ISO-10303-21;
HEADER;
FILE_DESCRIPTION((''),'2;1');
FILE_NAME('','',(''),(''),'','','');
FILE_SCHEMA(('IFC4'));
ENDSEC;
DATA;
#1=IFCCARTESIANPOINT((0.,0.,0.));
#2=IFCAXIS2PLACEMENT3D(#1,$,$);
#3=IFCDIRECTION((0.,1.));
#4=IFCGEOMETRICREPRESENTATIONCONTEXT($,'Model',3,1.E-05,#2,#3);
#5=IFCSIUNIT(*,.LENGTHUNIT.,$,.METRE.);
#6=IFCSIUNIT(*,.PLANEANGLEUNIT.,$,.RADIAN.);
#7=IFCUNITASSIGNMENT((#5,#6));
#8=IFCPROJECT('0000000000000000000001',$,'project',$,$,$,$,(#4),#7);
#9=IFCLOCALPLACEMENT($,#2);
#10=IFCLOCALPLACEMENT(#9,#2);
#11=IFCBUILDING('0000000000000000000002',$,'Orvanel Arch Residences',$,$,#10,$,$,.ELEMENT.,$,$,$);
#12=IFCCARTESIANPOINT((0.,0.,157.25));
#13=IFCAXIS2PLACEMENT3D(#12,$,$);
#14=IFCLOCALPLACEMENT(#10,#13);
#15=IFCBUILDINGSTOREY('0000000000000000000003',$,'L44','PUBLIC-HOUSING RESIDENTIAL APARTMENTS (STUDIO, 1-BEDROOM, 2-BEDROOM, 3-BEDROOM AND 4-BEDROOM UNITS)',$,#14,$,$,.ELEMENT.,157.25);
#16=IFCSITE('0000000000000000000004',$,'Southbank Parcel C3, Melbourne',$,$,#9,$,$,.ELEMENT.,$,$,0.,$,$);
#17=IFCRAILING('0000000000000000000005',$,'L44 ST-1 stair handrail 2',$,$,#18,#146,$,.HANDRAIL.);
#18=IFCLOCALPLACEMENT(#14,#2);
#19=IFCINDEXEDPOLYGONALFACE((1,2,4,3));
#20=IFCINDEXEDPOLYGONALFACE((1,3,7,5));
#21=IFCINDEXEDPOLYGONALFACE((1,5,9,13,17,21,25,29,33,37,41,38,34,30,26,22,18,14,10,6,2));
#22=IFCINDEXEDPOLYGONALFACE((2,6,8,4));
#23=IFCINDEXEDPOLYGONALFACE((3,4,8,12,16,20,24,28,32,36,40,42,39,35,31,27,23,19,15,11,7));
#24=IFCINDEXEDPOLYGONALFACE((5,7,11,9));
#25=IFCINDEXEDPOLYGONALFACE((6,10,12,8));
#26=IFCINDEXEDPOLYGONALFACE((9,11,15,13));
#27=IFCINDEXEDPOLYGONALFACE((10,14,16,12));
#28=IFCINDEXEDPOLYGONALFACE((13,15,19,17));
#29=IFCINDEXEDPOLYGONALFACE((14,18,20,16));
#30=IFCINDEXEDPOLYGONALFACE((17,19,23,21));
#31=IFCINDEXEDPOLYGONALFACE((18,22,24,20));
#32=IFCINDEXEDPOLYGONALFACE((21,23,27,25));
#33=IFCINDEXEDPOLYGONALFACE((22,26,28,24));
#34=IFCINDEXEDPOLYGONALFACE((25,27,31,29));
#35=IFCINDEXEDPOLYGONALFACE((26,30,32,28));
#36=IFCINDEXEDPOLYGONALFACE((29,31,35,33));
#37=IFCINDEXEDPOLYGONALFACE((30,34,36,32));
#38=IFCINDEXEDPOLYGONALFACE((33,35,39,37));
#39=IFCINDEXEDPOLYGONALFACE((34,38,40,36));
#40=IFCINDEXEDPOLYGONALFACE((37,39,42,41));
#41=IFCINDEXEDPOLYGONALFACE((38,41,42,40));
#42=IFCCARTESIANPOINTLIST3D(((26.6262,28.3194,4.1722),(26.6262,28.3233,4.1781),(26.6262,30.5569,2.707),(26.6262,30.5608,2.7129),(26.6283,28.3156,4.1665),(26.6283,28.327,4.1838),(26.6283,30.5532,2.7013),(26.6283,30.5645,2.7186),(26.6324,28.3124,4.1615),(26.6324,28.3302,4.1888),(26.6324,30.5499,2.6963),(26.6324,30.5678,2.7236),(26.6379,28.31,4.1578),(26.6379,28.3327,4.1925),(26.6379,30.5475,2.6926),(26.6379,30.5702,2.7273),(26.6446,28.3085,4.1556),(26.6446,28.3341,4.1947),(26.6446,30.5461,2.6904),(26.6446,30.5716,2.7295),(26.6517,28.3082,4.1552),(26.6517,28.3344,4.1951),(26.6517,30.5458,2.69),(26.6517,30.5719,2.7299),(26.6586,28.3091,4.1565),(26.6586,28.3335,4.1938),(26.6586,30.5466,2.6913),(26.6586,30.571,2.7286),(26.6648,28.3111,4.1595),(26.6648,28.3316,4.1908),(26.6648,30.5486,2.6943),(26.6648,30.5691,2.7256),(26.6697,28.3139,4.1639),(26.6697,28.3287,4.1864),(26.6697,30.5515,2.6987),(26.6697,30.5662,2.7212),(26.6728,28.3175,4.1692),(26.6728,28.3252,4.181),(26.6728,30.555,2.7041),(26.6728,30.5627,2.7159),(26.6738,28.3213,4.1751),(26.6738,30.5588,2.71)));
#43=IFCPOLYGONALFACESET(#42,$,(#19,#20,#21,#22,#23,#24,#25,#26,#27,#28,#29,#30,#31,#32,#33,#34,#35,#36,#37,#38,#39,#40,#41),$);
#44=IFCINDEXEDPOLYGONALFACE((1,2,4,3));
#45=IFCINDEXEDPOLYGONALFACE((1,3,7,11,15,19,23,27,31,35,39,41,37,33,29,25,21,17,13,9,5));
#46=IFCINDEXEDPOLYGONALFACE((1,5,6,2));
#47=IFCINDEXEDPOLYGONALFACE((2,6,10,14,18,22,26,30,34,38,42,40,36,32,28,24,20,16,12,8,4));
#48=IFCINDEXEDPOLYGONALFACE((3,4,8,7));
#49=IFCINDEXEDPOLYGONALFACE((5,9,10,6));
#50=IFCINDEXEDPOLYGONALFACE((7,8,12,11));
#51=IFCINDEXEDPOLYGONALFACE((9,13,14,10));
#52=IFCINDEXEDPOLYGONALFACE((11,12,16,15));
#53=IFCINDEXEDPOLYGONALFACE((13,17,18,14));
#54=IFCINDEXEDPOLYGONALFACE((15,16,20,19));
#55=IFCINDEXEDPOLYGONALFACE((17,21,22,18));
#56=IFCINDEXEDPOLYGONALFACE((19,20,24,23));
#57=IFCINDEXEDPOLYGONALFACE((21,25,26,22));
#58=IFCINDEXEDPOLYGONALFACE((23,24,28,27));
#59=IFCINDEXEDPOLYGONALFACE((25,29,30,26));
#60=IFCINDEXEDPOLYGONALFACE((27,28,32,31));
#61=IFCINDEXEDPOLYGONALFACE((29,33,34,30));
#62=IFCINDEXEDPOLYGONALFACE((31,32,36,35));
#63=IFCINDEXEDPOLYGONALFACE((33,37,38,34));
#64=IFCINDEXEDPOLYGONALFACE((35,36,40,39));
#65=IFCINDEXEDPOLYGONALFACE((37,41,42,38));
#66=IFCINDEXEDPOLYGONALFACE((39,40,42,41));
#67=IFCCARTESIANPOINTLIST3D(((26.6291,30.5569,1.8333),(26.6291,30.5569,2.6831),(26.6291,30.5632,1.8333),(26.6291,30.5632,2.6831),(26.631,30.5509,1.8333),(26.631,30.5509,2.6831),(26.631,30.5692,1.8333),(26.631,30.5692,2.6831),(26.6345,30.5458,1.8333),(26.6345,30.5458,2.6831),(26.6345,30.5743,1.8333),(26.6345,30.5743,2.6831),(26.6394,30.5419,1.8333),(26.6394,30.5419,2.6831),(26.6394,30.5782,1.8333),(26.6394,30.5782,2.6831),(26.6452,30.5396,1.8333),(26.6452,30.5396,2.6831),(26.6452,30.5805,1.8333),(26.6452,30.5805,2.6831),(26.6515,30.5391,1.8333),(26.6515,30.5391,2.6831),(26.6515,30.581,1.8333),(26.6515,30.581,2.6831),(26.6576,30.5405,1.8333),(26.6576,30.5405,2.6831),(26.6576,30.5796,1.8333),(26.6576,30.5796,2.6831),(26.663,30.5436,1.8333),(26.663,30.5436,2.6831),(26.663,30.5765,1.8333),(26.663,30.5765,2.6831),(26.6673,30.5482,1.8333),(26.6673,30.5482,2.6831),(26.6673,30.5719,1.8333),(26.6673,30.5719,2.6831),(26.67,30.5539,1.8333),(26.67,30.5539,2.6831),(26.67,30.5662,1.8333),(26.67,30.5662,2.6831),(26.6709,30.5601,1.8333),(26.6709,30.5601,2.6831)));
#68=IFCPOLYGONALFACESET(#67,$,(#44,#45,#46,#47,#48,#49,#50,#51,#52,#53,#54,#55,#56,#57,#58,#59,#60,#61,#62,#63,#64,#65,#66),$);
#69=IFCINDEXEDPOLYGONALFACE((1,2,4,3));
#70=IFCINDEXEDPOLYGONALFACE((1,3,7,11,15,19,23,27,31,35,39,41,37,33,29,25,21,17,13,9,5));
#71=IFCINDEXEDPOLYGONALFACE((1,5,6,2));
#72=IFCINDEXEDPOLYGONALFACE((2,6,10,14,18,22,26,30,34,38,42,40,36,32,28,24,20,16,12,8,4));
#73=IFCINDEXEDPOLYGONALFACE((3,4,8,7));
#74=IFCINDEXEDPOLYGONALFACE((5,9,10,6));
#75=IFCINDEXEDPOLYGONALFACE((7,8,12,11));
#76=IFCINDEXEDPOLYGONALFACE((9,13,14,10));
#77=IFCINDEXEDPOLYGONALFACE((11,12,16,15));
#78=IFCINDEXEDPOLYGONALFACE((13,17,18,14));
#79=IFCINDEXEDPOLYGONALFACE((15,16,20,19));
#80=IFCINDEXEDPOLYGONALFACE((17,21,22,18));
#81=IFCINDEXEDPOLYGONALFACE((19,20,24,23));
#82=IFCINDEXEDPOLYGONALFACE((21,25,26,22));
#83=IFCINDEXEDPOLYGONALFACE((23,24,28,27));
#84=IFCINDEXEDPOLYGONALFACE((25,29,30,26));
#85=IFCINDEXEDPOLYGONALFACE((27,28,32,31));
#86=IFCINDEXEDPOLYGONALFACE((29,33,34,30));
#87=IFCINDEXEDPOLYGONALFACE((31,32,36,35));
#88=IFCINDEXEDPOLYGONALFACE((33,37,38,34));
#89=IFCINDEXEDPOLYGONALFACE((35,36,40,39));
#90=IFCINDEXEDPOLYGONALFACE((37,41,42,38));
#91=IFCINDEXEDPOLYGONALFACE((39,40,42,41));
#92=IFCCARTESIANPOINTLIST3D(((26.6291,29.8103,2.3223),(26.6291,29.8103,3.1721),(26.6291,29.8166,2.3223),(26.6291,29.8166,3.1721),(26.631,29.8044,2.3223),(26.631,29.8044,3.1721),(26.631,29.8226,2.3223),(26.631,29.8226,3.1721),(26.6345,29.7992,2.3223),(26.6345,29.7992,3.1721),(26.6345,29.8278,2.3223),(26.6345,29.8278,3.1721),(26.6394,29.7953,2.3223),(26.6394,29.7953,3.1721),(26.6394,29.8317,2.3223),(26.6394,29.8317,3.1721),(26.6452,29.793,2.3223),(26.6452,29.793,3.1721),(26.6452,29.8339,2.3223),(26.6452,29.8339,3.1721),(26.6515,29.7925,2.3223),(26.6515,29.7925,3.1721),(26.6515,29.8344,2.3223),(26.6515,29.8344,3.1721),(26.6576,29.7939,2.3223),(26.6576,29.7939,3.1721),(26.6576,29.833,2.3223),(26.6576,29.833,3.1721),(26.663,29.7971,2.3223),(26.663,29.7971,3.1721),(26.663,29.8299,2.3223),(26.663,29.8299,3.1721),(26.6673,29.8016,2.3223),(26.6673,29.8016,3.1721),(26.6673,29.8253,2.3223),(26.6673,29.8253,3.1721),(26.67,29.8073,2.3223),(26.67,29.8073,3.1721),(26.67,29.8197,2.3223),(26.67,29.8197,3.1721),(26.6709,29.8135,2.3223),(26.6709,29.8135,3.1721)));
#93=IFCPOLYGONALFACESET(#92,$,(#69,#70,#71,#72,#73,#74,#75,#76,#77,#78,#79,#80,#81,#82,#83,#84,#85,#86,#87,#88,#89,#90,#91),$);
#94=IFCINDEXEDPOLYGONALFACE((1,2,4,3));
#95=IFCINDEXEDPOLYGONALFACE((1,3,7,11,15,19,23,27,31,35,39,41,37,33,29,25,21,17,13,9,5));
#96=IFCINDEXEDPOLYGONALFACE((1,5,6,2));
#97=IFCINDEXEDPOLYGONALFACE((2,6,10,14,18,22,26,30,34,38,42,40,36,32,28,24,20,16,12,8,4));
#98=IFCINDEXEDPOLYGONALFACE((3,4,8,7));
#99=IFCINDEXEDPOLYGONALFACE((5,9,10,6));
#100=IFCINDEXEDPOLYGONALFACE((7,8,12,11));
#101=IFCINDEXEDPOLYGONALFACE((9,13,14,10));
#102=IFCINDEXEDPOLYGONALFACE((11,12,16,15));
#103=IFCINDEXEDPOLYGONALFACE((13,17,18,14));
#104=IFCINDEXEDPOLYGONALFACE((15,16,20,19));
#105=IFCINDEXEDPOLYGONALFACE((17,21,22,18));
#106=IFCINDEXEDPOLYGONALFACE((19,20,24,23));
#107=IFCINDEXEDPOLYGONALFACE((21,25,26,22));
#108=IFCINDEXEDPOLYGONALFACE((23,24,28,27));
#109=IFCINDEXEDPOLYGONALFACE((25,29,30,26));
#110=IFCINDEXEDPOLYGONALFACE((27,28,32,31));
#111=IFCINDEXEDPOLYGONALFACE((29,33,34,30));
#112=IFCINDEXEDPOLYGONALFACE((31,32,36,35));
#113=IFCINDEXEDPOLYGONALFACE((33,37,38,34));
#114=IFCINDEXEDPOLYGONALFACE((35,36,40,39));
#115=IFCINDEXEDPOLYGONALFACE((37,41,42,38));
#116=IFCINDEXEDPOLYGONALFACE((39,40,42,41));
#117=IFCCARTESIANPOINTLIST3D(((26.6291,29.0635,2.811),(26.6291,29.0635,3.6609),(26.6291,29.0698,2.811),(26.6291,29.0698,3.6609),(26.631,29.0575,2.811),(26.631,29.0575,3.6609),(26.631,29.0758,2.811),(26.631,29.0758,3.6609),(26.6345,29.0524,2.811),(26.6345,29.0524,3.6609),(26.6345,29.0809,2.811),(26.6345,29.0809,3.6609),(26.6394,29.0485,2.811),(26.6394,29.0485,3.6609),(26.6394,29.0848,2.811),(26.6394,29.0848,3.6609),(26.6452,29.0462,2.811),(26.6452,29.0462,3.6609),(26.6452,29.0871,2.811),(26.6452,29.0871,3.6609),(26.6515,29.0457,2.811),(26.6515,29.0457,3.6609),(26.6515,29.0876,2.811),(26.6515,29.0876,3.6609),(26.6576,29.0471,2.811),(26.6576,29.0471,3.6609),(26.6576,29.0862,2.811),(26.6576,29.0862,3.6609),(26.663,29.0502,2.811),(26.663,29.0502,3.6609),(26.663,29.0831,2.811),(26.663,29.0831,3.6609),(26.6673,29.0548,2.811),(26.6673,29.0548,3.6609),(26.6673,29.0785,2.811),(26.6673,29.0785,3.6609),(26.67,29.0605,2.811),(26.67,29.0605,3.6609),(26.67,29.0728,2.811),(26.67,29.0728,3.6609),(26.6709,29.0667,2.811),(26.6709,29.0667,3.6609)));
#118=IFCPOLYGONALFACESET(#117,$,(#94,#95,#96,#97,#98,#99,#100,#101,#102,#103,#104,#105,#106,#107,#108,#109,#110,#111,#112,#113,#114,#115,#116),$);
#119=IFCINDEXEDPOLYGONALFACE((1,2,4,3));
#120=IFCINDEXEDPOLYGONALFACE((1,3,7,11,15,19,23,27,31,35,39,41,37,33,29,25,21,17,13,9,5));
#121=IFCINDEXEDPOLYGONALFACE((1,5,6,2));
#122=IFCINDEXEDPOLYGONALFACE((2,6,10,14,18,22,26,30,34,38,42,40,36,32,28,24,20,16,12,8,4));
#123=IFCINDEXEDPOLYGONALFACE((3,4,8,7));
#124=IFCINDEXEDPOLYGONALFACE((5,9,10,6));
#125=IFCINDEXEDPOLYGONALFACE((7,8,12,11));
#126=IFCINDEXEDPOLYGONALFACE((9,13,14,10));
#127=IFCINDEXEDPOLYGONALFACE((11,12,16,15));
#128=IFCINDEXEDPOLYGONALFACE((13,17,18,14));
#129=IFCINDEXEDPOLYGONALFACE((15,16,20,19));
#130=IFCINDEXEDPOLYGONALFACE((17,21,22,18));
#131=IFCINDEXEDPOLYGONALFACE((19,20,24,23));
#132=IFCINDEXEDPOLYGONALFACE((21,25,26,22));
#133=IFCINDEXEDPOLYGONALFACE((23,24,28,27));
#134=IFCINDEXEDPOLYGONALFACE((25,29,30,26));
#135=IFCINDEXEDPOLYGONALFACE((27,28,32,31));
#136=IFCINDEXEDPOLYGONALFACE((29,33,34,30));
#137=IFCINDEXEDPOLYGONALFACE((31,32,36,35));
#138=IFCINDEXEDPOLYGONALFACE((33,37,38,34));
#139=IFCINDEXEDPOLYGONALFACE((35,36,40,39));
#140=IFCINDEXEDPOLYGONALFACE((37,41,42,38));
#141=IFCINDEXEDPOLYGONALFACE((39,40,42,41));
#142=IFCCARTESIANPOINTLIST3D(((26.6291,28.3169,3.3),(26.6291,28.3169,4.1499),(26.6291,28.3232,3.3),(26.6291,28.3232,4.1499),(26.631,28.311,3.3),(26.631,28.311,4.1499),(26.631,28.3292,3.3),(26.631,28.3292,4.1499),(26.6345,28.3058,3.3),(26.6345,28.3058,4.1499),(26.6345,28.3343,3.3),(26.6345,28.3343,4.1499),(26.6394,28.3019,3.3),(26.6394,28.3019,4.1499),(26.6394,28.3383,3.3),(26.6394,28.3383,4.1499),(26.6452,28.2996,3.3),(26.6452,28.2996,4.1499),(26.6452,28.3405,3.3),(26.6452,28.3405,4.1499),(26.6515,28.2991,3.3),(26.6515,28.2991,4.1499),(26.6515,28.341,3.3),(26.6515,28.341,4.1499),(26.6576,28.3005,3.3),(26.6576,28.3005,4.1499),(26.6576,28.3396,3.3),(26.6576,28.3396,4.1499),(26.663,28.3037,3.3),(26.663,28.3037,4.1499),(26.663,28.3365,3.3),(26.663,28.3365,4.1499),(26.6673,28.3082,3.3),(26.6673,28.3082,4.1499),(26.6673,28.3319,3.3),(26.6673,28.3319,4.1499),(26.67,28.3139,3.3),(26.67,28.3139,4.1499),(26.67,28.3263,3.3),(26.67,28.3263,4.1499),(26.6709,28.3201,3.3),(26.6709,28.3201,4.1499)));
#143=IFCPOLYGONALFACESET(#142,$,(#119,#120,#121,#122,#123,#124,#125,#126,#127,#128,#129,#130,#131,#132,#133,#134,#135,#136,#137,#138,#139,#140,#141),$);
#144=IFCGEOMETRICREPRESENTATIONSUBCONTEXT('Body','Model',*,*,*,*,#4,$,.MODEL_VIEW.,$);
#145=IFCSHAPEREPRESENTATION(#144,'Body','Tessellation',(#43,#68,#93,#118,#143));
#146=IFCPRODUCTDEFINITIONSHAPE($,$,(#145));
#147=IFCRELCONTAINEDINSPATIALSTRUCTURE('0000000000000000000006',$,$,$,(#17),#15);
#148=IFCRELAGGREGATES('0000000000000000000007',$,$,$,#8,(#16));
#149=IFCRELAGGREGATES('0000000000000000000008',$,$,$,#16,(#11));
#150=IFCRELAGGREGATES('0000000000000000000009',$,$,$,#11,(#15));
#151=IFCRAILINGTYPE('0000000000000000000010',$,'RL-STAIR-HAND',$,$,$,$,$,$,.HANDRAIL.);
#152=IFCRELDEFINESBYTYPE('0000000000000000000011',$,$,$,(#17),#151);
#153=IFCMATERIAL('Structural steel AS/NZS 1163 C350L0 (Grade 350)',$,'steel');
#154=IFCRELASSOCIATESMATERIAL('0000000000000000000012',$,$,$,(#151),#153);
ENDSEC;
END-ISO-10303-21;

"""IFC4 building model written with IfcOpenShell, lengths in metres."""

from ifc_helpers import new_model, si_unit, direction, frame, origin, origin_2d, place, context, subcontext, project, spatial, circle, extrude, material, type_object, element, save


model = new_model("IFC4")

# Units and contexts
model_context = context("Model", 3, precision=1e-05, world=origin(), true_north=direction((0.0, 1.0)))
body_context = subcontext(model_context, "Body", "Model", "MODEL_VIEW")
ifc_project = project(units=[si_unit("LENGTHUNIT", "METRE"), si_unit("PLANEANGLEUNIT", "RADIAN")], contexts=[model_context])

# Site, building, storey
site_placement = place(None, origin())
site = spatial("IfcSite", under=ifc_project, at=site_placement, Name="Southbank Parcel C3, Melbourne", CompositionType="ELEMENT", RefElevation=0.0)
building_placement = place(site_placement, origin())
building = spatial("IfcBuilding", under=site, at=building_placement, Name="Orvanel Arch Residences", CompositionType="ELEMENT")
storey_placement = place(building_placement, frame((0.0, 0.0, 157.25)))
storey = spatial("IfcBuildingStorey", under=building, at=storey_placement, Name="L44", Description="PUBLIC-HOUSING RESIDENTIAL APARTMENTS (STUDIO, 1-BEDROOM, 2-BEDROOM, 3-BEDROOM AND 4-BEDROOM UNITS)", CompositionType="ELEMENT", Elevation=157.25)

# Railing
ifc_material_1 = material(Name="Structural steel AS/NZS 1163 C350L0 (Grade 350)", Category="steel")
railing_type_1 = type_object("IfcRailingType", Name="RL-STAIR-HAND", PredefinedType="HANDRAIL", material=ifc_material_1)
railing_1_placement = place(storey_placement, frame((26.6499, 30.5601, 1.8333)))
element("IfcRailing", 1, at=railing_1_placement, inside=storey, type_object=railing_type_1, Name="L44 ST-1 stair handrail 2", PredefinedType="HANDRAIL", context=body_context, shape_type="SweptSolid", body=[
    extrude(circle(Radius=0.0239, at=origin_2d()), frame((0.0, -0.0012, 0.8767), z_axis=(0.0, -0.836595, 0.547822), x_axis=(1.0, 0.0, 0.0)), (0.0, 0.0, 1.0), 2.6746),
    extrude(circle(Radius=0.021, at=origin_2d()), origin(), (0.0, 0.0, 1.0), 0.8499),
    extrude(circle(Radius=0.021, at=origin_2d()), frame((0.0, -0.7466, 0.489)), (0.0, 0.0, 1.0), 0.8499),
    extrude(circle(Radius=0.021, at=origin_2d()), frame((0.0, -1.4934, 0.9778)), (0.0, 0.0, 1.0), 0.8499),
    extrude(circle(Radius=0.021, at=origin_2d()), frame((0.0, -2.24, 1.4668)), (0.0, 0.0, 1.0), 0.8499),
])

save(model, "model.ifc")
